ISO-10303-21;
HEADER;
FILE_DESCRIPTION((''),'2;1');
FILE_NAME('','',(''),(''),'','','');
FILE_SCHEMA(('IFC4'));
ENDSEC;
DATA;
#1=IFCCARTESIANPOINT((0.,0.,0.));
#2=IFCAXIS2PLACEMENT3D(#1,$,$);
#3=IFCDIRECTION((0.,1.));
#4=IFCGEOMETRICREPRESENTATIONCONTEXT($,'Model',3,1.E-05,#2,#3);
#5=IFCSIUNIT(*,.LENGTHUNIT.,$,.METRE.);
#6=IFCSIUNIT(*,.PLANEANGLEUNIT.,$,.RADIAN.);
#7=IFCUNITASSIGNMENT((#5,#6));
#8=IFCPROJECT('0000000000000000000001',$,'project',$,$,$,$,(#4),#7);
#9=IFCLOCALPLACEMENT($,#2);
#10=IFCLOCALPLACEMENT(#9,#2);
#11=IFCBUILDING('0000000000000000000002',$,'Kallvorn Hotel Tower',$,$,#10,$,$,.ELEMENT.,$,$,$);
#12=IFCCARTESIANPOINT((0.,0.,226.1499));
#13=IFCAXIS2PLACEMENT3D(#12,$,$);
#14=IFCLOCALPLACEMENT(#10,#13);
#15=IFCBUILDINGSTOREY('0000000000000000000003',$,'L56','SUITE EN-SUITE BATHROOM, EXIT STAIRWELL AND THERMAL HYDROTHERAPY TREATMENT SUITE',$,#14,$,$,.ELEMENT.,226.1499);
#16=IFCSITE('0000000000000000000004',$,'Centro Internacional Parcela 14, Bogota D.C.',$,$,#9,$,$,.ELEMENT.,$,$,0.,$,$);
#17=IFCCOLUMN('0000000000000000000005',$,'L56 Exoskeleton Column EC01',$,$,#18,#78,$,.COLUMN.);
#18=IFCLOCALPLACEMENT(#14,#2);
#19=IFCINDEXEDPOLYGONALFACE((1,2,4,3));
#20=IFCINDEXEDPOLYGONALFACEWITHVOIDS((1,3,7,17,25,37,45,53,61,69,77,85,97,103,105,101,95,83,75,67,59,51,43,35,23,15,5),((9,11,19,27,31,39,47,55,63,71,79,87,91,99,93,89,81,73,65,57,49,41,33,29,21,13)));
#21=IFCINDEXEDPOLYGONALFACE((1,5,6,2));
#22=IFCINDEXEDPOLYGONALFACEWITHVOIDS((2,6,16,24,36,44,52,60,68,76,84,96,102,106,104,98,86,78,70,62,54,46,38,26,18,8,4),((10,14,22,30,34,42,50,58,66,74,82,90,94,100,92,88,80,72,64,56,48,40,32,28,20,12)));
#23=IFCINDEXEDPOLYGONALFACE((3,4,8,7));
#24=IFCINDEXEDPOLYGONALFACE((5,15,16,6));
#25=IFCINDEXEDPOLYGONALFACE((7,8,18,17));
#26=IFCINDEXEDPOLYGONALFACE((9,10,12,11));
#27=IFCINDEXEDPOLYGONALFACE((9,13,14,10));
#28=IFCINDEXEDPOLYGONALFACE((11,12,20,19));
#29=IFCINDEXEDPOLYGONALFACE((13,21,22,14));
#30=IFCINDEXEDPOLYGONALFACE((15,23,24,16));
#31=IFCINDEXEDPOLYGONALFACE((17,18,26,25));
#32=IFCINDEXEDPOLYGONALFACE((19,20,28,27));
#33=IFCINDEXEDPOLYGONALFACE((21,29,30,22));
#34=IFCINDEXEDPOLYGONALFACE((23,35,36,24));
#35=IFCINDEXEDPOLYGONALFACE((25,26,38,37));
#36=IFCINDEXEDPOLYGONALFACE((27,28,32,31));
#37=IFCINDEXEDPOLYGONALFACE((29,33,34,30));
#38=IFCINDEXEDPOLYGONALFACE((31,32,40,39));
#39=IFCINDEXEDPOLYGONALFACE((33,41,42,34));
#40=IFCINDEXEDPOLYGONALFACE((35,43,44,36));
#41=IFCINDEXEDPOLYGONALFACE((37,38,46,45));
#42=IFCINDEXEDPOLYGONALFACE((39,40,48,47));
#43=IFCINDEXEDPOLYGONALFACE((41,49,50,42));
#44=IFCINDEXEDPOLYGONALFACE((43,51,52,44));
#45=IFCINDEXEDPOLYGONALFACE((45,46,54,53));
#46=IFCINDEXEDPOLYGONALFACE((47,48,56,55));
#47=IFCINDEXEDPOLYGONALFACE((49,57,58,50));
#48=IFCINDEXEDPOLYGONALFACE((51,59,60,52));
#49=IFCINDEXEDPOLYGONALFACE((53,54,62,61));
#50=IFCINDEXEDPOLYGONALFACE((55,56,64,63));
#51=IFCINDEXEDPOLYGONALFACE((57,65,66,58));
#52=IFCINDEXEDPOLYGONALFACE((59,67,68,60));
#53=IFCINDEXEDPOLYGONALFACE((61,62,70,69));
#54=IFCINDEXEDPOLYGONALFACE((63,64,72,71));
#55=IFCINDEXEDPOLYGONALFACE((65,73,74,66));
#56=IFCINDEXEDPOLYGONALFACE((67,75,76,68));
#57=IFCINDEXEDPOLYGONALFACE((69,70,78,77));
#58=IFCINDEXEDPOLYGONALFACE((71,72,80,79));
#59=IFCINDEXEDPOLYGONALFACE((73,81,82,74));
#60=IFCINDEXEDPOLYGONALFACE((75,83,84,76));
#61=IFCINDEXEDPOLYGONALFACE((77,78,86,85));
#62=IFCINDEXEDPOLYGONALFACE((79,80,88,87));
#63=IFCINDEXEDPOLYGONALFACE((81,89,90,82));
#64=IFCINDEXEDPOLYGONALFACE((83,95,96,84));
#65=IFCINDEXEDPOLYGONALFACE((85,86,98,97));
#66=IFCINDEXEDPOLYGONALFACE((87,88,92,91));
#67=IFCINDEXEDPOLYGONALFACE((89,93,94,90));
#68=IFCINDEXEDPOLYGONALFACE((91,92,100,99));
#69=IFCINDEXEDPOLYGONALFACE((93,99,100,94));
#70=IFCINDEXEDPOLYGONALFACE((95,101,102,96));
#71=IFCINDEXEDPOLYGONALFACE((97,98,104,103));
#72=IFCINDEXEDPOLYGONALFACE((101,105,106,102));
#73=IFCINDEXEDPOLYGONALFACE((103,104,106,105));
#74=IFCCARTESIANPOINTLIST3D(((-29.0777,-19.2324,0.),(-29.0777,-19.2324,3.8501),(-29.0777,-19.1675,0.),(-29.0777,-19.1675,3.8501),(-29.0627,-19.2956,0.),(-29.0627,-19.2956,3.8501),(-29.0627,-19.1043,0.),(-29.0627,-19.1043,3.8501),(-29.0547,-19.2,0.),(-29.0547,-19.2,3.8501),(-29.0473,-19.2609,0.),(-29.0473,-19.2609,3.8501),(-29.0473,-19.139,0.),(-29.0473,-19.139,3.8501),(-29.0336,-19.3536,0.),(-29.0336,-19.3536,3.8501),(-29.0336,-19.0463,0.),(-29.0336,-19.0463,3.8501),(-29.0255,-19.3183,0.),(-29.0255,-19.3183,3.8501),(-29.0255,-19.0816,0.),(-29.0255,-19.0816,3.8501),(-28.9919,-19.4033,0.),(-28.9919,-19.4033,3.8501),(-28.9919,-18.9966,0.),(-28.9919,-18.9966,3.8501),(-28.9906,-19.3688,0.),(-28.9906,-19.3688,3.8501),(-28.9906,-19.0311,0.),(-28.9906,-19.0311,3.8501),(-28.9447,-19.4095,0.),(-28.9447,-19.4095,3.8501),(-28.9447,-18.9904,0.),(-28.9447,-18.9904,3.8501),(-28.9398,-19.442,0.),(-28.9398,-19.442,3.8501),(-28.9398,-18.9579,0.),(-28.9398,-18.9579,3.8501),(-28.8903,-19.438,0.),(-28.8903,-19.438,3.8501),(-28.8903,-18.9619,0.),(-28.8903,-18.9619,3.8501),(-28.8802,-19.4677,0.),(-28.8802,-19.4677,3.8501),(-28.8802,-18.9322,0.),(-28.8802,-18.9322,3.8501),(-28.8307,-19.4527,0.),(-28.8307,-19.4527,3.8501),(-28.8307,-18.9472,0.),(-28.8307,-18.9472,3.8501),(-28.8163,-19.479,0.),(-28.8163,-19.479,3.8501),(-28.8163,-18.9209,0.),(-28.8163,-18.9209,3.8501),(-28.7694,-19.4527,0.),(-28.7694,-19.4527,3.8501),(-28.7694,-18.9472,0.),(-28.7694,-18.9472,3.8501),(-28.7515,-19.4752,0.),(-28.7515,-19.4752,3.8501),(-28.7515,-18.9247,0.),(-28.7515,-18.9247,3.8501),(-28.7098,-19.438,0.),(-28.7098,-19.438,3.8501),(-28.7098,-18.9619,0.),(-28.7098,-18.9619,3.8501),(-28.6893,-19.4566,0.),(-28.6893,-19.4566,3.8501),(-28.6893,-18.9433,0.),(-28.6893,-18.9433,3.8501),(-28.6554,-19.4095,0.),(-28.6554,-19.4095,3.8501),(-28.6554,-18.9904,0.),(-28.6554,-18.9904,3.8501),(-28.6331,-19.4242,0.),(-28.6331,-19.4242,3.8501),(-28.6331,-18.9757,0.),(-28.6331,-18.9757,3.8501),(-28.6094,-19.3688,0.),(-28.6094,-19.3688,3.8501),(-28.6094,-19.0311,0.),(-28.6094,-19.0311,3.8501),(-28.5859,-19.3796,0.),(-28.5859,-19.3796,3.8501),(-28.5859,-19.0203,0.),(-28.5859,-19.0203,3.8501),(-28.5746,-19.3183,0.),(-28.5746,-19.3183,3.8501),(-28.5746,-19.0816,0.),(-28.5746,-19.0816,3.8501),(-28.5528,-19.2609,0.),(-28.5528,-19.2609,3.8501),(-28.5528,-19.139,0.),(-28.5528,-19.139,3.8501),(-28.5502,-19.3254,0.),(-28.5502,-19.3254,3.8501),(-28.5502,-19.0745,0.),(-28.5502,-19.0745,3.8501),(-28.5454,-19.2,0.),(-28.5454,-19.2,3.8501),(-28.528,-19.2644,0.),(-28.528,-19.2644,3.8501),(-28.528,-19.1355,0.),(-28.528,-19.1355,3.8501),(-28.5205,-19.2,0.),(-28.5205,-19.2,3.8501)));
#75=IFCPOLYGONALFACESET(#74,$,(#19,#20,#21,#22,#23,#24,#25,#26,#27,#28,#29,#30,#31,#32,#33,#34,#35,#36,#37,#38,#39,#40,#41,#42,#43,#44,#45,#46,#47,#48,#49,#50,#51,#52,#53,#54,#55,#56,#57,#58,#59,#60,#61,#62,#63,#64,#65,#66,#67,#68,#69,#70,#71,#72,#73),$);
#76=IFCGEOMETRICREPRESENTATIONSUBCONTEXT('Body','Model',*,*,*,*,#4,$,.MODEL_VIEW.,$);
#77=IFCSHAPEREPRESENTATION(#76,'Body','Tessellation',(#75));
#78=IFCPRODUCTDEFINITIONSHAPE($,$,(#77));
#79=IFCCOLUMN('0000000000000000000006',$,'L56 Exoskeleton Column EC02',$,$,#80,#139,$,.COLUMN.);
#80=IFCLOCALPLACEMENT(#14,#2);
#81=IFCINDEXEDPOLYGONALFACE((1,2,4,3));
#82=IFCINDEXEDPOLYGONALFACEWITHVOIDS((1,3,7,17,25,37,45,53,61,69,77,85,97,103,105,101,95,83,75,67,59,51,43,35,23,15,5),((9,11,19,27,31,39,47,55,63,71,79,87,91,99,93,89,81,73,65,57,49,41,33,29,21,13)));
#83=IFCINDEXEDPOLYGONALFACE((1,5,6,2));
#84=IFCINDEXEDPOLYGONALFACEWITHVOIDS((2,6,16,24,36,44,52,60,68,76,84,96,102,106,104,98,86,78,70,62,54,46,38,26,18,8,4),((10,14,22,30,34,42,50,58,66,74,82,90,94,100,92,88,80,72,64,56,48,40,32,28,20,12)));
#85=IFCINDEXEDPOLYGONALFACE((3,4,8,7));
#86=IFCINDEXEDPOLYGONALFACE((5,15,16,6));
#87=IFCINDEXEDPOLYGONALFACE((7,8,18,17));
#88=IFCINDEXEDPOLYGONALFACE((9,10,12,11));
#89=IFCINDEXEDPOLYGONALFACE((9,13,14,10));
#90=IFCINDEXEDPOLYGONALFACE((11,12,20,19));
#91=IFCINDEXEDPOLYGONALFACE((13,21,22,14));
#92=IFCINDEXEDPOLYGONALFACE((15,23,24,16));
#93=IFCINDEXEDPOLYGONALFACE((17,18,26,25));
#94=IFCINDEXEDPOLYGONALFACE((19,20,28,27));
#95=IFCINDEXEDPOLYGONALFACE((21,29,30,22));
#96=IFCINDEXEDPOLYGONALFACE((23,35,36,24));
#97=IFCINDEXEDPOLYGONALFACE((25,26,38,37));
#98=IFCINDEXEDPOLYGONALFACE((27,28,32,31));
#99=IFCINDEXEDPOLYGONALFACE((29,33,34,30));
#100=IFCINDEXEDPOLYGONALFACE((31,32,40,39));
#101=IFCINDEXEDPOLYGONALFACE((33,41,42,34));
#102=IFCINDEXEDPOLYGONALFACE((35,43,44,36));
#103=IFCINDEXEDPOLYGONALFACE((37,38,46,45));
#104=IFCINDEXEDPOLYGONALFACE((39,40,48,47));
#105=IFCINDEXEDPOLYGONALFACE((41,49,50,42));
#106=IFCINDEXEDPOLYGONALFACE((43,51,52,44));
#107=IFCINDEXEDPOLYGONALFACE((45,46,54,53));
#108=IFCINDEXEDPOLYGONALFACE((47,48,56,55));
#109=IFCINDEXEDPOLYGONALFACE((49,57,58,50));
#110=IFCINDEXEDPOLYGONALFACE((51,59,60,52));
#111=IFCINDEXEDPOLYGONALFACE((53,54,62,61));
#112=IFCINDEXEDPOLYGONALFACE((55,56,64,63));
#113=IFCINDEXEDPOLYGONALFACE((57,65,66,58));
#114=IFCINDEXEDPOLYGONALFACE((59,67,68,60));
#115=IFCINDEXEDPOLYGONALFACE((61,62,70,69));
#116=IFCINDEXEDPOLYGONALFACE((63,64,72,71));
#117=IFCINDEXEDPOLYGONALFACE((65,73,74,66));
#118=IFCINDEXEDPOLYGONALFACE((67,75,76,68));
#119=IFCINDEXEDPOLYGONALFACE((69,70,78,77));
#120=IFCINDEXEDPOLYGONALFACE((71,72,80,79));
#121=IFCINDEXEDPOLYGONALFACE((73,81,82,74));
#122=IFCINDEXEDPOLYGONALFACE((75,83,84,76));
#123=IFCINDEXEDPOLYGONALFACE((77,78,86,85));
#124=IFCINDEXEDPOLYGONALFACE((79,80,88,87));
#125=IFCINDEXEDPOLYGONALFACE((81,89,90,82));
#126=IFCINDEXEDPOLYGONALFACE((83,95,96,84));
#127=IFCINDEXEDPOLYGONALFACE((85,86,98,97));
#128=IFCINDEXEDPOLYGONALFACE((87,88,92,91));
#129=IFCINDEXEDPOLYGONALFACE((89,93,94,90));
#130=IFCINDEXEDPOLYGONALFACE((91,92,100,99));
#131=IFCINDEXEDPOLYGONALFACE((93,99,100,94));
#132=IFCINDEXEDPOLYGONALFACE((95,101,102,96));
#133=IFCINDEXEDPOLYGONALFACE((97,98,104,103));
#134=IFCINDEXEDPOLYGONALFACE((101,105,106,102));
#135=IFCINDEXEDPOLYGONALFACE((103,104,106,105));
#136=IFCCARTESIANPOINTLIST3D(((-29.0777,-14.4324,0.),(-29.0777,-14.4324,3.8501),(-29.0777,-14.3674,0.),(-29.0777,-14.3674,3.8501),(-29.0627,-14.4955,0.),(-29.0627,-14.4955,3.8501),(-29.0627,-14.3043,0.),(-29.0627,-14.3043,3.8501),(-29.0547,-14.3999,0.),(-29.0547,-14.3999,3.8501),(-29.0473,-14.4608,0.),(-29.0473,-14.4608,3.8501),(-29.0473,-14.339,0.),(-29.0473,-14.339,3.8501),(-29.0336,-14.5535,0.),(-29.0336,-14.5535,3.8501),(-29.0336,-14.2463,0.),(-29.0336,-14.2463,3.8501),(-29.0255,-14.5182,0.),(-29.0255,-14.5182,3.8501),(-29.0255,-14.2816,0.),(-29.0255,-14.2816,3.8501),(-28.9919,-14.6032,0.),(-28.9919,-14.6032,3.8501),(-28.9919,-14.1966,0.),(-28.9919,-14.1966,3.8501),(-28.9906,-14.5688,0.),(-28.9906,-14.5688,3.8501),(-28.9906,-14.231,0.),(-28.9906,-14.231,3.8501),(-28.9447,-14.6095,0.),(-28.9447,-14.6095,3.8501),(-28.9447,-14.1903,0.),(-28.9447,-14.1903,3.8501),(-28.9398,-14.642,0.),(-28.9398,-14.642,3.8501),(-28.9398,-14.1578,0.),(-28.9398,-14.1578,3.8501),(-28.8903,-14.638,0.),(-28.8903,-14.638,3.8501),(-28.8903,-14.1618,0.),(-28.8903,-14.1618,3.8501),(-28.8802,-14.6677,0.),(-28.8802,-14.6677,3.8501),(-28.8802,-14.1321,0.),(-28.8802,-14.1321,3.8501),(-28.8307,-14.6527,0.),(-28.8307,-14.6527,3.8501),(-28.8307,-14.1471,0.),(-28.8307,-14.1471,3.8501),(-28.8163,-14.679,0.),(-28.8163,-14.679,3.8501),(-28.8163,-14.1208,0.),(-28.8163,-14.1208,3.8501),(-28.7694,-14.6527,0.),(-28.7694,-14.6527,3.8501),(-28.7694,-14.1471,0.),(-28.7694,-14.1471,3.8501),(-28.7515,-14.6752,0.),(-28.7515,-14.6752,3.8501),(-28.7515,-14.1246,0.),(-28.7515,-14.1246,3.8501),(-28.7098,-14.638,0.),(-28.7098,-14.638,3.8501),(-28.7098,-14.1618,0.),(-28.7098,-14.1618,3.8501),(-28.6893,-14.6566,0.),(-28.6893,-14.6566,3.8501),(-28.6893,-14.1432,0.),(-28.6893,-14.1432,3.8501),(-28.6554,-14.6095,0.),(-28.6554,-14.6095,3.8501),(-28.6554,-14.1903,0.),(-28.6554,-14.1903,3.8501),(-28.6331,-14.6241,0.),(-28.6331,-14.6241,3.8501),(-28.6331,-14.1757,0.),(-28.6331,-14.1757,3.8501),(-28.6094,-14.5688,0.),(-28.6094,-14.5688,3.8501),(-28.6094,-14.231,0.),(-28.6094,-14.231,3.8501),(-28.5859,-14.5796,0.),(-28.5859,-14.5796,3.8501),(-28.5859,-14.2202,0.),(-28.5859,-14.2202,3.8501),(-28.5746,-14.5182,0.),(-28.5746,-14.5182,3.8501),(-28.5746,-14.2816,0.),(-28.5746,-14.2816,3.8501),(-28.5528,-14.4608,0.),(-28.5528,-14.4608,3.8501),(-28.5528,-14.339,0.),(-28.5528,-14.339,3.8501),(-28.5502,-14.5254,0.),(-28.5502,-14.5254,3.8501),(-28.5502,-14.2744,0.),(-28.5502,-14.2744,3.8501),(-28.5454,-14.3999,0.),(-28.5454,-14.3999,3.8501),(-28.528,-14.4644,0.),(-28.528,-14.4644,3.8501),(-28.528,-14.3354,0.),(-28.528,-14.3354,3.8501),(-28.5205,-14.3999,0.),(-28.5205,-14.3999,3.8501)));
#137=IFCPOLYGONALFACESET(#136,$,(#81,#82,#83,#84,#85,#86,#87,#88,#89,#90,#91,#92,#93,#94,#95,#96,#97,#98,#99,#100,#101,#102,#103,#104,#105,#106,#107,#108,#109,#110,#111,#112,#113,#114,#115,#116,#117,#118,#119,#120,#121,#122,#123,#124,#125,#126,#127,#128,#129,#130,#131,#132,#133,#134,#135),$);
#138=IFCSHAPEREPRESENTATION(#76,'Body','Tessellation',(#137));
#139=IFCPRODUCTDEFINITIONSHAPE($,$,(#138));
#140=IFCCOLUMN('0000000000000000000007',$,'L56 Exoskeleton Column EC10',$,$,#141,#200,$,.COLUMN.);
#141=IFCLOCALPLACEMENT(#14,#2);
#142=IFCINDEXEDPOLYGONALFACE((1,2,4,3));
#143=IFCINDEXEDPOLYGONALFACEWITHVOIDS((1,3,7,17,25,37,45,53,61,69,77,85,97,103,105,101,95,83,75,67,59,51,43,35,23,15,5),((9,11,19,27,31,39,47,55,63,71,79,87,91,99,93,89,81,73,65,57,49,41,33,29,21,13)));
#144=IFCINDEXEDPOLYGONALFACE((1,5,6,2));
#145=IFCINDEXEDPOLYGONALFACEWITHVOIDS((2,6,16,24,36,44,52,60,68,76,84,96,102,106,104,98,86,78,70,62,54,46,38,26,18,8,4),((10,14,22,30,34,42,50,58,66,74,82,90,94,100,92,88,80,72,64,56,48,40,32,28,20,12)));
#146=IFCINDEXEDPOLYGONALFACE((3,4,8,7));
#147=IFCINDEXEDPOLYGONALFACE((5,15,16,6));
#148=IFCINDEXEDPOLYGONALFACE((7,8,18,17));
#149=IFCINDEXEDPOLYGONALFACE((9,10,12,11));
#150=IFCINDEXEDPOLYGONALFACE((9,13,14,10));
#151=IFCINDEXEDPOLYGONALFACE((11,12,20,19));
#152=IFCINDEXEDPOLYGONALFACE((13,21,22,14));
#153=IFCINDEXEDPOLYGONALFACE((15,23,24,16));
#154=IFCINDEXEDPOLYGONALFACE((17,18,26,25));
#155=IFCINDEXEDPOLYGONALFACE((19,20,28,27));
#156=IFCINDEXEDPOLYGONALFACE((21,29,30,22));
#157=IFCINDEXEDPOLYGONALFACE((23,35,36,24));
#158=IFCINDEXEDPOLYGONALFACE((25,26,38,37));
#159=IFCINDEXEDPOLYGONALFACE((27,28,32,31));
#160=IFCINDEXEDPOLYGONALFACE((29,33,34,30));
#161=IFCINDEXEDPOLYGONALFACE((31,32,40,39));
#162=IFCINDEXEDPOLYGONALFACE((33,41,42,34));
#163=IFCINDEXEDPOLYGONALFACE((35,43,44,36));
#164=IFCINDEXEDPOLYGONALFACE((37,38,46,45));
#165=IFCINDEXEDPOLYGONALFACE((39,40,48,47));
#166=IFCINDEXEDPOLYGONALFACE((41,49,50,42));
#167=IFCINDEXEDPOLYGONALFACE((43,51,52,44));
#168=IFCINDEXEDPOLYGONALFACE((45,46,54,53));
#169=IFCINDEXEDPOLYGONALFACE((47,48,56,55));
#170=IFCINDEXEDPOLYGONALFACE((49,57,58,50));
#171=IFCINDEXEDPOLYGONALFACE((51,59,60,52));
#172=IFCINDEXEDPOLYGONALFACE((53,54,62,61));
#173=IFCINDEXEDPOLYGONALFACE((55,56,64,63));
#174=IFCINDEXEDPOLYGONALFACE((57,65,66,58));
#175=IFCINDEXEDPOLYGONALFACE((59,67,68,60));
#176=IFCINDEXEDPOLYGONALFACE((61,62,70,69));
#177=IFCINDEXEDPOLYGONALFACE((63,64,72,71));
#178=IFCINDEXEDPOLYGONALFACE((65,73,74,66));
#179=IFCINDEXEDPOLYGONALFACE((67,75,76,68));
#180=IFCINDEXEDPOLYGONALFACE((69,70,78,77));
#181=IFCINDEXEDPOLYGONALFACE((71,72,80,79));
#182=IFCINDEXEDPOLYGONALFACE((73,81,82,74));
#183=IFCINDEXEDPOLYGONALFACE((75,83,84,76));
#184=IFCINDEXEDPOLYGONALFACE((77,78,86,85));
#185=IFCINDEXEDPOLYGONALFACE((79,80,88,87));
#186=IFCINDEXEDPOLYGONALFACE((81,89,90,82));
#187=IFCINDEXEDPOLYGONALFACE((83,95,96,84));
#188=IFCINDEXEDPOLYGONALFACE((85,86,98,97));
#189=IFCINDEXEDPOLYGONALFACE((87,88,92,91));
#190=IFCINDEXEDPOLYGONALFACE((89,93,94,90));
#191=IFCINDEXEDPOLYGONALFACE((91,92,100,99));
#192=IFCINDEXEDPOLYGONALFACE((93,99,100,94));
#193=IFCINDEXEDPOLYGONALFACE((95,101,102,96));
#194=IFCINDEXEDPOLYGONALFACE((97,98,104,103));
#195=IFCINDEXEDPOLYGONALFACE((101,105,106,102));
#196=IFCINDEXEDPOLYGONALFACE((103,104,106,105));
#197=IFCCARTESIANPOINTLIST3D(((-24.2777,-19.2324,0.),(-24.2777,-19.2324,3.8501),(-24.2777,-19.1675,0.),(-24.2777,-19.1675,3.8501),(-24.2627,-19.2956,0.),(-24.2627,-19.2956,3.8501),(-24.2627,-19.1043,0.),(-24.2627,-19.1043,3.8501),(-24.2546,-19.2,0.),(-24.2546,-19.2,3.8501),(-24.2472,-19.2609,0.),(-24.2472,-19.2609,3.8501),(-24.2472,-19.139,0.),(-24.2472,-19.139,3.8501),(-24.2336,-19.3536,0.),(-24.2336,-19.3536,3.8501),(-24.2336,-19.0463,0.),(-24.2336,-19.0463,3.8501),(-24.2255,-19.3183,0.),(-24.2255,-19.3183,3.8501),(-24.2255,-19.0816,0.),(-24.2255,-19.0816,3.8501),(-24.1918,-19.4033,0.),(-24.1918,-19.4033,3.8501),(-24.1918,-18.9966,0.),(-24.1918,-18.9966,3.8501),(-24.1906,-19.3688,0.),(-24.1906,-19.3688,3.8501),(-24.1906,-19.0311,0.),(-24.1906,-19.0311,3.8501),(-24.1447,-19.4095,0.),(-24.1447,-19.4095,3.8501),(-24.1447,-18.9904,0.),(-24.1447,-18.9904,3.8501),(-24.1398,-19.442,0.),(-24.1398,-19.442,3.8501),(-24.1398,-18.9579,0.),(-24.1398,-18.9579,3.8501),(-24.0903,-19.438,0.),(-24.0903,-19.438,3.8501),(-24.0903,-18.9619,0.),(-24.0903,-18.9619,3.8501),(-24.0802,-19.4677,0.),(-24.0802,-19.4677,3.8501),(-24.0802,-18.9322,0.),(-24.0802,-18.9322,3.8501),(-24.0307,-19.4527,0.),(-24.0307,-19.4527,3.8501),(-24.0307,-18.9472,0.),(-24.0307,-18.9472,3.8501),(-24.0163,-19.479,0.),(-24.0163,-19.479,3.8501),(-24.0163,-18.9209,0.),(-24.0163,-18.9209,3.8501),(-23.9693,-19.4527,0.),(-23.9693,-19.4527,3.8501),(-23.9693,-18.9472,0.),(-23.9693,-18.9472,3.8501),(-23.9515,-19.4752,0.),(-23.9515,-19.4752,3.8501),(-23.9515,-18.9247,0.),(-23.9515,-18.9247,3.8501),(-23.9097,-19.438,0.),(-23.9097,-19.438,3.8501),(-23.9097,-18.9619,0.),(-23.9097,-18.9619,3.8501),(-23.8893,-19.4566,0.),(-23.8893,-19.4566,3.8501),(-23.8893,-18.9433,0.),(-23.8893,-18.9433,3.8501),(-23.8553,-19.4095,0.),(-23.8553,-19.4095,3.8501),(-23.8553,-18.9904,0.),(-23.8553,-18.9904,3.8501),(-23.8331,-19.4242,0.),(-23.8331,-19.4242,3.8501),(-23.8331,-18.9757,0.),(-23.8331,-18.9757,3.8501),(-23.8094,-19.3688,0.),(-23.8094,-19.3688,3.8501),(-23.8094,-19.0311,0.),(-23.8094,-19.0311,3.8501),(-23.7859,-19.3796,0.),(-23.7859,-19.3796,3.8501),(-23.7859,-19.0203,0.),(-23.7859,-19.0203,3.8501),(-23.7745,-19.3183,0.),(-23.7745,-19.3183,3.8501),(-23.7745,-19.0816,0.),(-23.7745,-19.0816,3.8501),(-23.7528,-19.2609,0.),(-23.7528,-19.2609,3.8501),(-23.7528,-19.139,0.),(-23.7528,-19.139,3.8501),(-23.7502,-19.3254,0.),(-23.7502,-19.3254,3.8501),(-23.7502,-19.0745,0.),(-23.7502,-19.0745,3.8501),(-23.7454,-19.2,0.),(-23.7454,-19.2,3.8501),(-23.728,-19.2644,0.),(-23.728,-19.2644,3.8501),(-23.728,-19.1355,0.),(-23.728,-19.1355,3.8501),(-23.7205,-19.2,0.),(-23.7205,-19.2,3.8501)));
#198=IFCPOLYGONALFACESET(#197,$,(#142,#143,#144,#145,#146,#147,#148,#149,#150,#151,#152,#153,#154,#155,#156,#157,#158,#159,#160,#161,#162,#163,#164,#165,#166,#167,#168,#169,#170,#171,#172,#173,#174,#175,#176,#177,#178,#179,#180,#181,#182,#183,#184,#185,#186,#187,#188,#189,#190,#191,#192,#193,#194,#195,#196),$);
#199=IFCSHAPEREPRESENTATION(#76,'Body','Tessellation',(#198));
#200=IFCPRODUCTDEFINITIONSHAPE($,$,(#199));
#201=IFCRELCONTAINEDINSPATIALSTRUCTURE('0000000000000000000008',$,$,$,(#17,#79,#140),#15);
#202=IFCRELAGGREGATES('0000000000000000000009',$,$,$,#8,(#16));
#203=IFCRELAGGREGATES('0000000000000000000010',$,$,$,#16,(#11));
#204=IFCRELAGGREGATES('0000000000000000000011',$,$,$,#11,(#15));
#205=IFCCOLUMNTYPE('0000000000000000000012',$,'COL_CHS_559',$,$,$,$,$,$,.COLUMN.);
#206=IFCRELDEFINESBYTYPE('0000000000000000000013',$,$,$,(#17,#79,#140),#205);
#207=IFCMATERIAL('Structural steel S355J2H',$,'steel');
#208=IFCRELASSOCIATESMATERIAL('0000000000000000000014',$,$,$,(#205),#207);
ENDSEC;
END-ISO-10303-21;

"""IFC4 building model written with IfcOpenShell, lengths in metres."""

from ifc_helpers import new_model, si_unit, direction, frame, origin, origin_2d, place, context, subcontext, project, spatial, hollow_circle, extrude, material, material_profile, profile_set, type_object, element, save


model = new_model("IFC4")

# Units and contexts
model_context = context("Model", 3, precision=1e-05, world=origin(), true_north=direction((0.0, 1.0)))
body_context = subcontext(model_context, "Body", "Model", "MODEL_VIEW")
ifc_project = project(units=[si_unit("LENGTHUNIT", "METRE"), si_unit("PLANEANGLEUNIT", "RADIAN")], contexts=[model_context])

# Site, building, storey
site_placement = place(None, origin())
site = spatial("IfcSite", under=ifc_project, at=site_placement, Name="Centro Internacional Parcela 14, Bogota D.C.", CompositionType="ELEMENT", RefElevation=0.0)
building_placement = place(site_placement, origin())
building = spatial("IfcBuilding", under=site, at=building_placement, Name="Kallvorn Hotel Tower", CompositionType="ELEMENT")
storey_placement = place(building_placement, frame((0.0, 0.0, 226.1499)))
storey = spatial("IfcBuildingStorey", under=building, at=storey_placement, Name="L56", Description="SUITE EN-SUITE BATHROOM, EXIT STAIRWELL AND THERMAL HYDROTHERAPY TREATMENT SUITE", CompositionType="ELEMENT", Elevation=226.1499)

# Columns
ifc_material_1 = material(Name="Structural steel S355J2H", Category="steel")
ifc_material_profile_1 = material_profile(ifc_material_1, hollow_circle(Radius=0.2795, WallThickness=0.0249, at=origin_2d()), Name="CHS 559x25")
ifc_profile_set_1 = profile_set([ifc_material_profile_1], Name="Structural steel S355J2H")
column_type_1 = type_object("IfcColumnType", Name="COL_CHS_559", PredefinedType="COLUMN", material=ifc_profile_set_1)
for number, where, z_axis, x_axis, name in (
    (1, (-28.8, -19.2, 0.0), (0.0, 0.0, 1.0), (1.0, 0.0, 0.0), "L56 Exoskeleton Column EC01"),
    (2, (-28.8, -14.3999, 0.0), (0.0, 0.0, 1.0), (1.0, 0.0, 0.0), "L56 Exoskeleton Column EC02"),
    (3, (-24.0, -19.2, 0.0), (0.0, 0.0, 1.0), (1.0, 0.0, 0.0), "L56 Exoskeleton Column EC10"),
):
    element("IfcColumn", number, at=place(storey_placement, frame(where, z_axis=z_axis, x_axis=x_axis)), inside=storey, type_object=column_type_1, Name=name, PredefinedType="COLUMN", context=body_context, shape_type="SweptSolid", body=[
        extrude(hollow_circle(Radius=0.2795, WallThickness=0.0249, at=origin_2d()), origin(), (0.0, 0.0, 1.0), 3.8501),
    ])

save(model, "model.ifc")
